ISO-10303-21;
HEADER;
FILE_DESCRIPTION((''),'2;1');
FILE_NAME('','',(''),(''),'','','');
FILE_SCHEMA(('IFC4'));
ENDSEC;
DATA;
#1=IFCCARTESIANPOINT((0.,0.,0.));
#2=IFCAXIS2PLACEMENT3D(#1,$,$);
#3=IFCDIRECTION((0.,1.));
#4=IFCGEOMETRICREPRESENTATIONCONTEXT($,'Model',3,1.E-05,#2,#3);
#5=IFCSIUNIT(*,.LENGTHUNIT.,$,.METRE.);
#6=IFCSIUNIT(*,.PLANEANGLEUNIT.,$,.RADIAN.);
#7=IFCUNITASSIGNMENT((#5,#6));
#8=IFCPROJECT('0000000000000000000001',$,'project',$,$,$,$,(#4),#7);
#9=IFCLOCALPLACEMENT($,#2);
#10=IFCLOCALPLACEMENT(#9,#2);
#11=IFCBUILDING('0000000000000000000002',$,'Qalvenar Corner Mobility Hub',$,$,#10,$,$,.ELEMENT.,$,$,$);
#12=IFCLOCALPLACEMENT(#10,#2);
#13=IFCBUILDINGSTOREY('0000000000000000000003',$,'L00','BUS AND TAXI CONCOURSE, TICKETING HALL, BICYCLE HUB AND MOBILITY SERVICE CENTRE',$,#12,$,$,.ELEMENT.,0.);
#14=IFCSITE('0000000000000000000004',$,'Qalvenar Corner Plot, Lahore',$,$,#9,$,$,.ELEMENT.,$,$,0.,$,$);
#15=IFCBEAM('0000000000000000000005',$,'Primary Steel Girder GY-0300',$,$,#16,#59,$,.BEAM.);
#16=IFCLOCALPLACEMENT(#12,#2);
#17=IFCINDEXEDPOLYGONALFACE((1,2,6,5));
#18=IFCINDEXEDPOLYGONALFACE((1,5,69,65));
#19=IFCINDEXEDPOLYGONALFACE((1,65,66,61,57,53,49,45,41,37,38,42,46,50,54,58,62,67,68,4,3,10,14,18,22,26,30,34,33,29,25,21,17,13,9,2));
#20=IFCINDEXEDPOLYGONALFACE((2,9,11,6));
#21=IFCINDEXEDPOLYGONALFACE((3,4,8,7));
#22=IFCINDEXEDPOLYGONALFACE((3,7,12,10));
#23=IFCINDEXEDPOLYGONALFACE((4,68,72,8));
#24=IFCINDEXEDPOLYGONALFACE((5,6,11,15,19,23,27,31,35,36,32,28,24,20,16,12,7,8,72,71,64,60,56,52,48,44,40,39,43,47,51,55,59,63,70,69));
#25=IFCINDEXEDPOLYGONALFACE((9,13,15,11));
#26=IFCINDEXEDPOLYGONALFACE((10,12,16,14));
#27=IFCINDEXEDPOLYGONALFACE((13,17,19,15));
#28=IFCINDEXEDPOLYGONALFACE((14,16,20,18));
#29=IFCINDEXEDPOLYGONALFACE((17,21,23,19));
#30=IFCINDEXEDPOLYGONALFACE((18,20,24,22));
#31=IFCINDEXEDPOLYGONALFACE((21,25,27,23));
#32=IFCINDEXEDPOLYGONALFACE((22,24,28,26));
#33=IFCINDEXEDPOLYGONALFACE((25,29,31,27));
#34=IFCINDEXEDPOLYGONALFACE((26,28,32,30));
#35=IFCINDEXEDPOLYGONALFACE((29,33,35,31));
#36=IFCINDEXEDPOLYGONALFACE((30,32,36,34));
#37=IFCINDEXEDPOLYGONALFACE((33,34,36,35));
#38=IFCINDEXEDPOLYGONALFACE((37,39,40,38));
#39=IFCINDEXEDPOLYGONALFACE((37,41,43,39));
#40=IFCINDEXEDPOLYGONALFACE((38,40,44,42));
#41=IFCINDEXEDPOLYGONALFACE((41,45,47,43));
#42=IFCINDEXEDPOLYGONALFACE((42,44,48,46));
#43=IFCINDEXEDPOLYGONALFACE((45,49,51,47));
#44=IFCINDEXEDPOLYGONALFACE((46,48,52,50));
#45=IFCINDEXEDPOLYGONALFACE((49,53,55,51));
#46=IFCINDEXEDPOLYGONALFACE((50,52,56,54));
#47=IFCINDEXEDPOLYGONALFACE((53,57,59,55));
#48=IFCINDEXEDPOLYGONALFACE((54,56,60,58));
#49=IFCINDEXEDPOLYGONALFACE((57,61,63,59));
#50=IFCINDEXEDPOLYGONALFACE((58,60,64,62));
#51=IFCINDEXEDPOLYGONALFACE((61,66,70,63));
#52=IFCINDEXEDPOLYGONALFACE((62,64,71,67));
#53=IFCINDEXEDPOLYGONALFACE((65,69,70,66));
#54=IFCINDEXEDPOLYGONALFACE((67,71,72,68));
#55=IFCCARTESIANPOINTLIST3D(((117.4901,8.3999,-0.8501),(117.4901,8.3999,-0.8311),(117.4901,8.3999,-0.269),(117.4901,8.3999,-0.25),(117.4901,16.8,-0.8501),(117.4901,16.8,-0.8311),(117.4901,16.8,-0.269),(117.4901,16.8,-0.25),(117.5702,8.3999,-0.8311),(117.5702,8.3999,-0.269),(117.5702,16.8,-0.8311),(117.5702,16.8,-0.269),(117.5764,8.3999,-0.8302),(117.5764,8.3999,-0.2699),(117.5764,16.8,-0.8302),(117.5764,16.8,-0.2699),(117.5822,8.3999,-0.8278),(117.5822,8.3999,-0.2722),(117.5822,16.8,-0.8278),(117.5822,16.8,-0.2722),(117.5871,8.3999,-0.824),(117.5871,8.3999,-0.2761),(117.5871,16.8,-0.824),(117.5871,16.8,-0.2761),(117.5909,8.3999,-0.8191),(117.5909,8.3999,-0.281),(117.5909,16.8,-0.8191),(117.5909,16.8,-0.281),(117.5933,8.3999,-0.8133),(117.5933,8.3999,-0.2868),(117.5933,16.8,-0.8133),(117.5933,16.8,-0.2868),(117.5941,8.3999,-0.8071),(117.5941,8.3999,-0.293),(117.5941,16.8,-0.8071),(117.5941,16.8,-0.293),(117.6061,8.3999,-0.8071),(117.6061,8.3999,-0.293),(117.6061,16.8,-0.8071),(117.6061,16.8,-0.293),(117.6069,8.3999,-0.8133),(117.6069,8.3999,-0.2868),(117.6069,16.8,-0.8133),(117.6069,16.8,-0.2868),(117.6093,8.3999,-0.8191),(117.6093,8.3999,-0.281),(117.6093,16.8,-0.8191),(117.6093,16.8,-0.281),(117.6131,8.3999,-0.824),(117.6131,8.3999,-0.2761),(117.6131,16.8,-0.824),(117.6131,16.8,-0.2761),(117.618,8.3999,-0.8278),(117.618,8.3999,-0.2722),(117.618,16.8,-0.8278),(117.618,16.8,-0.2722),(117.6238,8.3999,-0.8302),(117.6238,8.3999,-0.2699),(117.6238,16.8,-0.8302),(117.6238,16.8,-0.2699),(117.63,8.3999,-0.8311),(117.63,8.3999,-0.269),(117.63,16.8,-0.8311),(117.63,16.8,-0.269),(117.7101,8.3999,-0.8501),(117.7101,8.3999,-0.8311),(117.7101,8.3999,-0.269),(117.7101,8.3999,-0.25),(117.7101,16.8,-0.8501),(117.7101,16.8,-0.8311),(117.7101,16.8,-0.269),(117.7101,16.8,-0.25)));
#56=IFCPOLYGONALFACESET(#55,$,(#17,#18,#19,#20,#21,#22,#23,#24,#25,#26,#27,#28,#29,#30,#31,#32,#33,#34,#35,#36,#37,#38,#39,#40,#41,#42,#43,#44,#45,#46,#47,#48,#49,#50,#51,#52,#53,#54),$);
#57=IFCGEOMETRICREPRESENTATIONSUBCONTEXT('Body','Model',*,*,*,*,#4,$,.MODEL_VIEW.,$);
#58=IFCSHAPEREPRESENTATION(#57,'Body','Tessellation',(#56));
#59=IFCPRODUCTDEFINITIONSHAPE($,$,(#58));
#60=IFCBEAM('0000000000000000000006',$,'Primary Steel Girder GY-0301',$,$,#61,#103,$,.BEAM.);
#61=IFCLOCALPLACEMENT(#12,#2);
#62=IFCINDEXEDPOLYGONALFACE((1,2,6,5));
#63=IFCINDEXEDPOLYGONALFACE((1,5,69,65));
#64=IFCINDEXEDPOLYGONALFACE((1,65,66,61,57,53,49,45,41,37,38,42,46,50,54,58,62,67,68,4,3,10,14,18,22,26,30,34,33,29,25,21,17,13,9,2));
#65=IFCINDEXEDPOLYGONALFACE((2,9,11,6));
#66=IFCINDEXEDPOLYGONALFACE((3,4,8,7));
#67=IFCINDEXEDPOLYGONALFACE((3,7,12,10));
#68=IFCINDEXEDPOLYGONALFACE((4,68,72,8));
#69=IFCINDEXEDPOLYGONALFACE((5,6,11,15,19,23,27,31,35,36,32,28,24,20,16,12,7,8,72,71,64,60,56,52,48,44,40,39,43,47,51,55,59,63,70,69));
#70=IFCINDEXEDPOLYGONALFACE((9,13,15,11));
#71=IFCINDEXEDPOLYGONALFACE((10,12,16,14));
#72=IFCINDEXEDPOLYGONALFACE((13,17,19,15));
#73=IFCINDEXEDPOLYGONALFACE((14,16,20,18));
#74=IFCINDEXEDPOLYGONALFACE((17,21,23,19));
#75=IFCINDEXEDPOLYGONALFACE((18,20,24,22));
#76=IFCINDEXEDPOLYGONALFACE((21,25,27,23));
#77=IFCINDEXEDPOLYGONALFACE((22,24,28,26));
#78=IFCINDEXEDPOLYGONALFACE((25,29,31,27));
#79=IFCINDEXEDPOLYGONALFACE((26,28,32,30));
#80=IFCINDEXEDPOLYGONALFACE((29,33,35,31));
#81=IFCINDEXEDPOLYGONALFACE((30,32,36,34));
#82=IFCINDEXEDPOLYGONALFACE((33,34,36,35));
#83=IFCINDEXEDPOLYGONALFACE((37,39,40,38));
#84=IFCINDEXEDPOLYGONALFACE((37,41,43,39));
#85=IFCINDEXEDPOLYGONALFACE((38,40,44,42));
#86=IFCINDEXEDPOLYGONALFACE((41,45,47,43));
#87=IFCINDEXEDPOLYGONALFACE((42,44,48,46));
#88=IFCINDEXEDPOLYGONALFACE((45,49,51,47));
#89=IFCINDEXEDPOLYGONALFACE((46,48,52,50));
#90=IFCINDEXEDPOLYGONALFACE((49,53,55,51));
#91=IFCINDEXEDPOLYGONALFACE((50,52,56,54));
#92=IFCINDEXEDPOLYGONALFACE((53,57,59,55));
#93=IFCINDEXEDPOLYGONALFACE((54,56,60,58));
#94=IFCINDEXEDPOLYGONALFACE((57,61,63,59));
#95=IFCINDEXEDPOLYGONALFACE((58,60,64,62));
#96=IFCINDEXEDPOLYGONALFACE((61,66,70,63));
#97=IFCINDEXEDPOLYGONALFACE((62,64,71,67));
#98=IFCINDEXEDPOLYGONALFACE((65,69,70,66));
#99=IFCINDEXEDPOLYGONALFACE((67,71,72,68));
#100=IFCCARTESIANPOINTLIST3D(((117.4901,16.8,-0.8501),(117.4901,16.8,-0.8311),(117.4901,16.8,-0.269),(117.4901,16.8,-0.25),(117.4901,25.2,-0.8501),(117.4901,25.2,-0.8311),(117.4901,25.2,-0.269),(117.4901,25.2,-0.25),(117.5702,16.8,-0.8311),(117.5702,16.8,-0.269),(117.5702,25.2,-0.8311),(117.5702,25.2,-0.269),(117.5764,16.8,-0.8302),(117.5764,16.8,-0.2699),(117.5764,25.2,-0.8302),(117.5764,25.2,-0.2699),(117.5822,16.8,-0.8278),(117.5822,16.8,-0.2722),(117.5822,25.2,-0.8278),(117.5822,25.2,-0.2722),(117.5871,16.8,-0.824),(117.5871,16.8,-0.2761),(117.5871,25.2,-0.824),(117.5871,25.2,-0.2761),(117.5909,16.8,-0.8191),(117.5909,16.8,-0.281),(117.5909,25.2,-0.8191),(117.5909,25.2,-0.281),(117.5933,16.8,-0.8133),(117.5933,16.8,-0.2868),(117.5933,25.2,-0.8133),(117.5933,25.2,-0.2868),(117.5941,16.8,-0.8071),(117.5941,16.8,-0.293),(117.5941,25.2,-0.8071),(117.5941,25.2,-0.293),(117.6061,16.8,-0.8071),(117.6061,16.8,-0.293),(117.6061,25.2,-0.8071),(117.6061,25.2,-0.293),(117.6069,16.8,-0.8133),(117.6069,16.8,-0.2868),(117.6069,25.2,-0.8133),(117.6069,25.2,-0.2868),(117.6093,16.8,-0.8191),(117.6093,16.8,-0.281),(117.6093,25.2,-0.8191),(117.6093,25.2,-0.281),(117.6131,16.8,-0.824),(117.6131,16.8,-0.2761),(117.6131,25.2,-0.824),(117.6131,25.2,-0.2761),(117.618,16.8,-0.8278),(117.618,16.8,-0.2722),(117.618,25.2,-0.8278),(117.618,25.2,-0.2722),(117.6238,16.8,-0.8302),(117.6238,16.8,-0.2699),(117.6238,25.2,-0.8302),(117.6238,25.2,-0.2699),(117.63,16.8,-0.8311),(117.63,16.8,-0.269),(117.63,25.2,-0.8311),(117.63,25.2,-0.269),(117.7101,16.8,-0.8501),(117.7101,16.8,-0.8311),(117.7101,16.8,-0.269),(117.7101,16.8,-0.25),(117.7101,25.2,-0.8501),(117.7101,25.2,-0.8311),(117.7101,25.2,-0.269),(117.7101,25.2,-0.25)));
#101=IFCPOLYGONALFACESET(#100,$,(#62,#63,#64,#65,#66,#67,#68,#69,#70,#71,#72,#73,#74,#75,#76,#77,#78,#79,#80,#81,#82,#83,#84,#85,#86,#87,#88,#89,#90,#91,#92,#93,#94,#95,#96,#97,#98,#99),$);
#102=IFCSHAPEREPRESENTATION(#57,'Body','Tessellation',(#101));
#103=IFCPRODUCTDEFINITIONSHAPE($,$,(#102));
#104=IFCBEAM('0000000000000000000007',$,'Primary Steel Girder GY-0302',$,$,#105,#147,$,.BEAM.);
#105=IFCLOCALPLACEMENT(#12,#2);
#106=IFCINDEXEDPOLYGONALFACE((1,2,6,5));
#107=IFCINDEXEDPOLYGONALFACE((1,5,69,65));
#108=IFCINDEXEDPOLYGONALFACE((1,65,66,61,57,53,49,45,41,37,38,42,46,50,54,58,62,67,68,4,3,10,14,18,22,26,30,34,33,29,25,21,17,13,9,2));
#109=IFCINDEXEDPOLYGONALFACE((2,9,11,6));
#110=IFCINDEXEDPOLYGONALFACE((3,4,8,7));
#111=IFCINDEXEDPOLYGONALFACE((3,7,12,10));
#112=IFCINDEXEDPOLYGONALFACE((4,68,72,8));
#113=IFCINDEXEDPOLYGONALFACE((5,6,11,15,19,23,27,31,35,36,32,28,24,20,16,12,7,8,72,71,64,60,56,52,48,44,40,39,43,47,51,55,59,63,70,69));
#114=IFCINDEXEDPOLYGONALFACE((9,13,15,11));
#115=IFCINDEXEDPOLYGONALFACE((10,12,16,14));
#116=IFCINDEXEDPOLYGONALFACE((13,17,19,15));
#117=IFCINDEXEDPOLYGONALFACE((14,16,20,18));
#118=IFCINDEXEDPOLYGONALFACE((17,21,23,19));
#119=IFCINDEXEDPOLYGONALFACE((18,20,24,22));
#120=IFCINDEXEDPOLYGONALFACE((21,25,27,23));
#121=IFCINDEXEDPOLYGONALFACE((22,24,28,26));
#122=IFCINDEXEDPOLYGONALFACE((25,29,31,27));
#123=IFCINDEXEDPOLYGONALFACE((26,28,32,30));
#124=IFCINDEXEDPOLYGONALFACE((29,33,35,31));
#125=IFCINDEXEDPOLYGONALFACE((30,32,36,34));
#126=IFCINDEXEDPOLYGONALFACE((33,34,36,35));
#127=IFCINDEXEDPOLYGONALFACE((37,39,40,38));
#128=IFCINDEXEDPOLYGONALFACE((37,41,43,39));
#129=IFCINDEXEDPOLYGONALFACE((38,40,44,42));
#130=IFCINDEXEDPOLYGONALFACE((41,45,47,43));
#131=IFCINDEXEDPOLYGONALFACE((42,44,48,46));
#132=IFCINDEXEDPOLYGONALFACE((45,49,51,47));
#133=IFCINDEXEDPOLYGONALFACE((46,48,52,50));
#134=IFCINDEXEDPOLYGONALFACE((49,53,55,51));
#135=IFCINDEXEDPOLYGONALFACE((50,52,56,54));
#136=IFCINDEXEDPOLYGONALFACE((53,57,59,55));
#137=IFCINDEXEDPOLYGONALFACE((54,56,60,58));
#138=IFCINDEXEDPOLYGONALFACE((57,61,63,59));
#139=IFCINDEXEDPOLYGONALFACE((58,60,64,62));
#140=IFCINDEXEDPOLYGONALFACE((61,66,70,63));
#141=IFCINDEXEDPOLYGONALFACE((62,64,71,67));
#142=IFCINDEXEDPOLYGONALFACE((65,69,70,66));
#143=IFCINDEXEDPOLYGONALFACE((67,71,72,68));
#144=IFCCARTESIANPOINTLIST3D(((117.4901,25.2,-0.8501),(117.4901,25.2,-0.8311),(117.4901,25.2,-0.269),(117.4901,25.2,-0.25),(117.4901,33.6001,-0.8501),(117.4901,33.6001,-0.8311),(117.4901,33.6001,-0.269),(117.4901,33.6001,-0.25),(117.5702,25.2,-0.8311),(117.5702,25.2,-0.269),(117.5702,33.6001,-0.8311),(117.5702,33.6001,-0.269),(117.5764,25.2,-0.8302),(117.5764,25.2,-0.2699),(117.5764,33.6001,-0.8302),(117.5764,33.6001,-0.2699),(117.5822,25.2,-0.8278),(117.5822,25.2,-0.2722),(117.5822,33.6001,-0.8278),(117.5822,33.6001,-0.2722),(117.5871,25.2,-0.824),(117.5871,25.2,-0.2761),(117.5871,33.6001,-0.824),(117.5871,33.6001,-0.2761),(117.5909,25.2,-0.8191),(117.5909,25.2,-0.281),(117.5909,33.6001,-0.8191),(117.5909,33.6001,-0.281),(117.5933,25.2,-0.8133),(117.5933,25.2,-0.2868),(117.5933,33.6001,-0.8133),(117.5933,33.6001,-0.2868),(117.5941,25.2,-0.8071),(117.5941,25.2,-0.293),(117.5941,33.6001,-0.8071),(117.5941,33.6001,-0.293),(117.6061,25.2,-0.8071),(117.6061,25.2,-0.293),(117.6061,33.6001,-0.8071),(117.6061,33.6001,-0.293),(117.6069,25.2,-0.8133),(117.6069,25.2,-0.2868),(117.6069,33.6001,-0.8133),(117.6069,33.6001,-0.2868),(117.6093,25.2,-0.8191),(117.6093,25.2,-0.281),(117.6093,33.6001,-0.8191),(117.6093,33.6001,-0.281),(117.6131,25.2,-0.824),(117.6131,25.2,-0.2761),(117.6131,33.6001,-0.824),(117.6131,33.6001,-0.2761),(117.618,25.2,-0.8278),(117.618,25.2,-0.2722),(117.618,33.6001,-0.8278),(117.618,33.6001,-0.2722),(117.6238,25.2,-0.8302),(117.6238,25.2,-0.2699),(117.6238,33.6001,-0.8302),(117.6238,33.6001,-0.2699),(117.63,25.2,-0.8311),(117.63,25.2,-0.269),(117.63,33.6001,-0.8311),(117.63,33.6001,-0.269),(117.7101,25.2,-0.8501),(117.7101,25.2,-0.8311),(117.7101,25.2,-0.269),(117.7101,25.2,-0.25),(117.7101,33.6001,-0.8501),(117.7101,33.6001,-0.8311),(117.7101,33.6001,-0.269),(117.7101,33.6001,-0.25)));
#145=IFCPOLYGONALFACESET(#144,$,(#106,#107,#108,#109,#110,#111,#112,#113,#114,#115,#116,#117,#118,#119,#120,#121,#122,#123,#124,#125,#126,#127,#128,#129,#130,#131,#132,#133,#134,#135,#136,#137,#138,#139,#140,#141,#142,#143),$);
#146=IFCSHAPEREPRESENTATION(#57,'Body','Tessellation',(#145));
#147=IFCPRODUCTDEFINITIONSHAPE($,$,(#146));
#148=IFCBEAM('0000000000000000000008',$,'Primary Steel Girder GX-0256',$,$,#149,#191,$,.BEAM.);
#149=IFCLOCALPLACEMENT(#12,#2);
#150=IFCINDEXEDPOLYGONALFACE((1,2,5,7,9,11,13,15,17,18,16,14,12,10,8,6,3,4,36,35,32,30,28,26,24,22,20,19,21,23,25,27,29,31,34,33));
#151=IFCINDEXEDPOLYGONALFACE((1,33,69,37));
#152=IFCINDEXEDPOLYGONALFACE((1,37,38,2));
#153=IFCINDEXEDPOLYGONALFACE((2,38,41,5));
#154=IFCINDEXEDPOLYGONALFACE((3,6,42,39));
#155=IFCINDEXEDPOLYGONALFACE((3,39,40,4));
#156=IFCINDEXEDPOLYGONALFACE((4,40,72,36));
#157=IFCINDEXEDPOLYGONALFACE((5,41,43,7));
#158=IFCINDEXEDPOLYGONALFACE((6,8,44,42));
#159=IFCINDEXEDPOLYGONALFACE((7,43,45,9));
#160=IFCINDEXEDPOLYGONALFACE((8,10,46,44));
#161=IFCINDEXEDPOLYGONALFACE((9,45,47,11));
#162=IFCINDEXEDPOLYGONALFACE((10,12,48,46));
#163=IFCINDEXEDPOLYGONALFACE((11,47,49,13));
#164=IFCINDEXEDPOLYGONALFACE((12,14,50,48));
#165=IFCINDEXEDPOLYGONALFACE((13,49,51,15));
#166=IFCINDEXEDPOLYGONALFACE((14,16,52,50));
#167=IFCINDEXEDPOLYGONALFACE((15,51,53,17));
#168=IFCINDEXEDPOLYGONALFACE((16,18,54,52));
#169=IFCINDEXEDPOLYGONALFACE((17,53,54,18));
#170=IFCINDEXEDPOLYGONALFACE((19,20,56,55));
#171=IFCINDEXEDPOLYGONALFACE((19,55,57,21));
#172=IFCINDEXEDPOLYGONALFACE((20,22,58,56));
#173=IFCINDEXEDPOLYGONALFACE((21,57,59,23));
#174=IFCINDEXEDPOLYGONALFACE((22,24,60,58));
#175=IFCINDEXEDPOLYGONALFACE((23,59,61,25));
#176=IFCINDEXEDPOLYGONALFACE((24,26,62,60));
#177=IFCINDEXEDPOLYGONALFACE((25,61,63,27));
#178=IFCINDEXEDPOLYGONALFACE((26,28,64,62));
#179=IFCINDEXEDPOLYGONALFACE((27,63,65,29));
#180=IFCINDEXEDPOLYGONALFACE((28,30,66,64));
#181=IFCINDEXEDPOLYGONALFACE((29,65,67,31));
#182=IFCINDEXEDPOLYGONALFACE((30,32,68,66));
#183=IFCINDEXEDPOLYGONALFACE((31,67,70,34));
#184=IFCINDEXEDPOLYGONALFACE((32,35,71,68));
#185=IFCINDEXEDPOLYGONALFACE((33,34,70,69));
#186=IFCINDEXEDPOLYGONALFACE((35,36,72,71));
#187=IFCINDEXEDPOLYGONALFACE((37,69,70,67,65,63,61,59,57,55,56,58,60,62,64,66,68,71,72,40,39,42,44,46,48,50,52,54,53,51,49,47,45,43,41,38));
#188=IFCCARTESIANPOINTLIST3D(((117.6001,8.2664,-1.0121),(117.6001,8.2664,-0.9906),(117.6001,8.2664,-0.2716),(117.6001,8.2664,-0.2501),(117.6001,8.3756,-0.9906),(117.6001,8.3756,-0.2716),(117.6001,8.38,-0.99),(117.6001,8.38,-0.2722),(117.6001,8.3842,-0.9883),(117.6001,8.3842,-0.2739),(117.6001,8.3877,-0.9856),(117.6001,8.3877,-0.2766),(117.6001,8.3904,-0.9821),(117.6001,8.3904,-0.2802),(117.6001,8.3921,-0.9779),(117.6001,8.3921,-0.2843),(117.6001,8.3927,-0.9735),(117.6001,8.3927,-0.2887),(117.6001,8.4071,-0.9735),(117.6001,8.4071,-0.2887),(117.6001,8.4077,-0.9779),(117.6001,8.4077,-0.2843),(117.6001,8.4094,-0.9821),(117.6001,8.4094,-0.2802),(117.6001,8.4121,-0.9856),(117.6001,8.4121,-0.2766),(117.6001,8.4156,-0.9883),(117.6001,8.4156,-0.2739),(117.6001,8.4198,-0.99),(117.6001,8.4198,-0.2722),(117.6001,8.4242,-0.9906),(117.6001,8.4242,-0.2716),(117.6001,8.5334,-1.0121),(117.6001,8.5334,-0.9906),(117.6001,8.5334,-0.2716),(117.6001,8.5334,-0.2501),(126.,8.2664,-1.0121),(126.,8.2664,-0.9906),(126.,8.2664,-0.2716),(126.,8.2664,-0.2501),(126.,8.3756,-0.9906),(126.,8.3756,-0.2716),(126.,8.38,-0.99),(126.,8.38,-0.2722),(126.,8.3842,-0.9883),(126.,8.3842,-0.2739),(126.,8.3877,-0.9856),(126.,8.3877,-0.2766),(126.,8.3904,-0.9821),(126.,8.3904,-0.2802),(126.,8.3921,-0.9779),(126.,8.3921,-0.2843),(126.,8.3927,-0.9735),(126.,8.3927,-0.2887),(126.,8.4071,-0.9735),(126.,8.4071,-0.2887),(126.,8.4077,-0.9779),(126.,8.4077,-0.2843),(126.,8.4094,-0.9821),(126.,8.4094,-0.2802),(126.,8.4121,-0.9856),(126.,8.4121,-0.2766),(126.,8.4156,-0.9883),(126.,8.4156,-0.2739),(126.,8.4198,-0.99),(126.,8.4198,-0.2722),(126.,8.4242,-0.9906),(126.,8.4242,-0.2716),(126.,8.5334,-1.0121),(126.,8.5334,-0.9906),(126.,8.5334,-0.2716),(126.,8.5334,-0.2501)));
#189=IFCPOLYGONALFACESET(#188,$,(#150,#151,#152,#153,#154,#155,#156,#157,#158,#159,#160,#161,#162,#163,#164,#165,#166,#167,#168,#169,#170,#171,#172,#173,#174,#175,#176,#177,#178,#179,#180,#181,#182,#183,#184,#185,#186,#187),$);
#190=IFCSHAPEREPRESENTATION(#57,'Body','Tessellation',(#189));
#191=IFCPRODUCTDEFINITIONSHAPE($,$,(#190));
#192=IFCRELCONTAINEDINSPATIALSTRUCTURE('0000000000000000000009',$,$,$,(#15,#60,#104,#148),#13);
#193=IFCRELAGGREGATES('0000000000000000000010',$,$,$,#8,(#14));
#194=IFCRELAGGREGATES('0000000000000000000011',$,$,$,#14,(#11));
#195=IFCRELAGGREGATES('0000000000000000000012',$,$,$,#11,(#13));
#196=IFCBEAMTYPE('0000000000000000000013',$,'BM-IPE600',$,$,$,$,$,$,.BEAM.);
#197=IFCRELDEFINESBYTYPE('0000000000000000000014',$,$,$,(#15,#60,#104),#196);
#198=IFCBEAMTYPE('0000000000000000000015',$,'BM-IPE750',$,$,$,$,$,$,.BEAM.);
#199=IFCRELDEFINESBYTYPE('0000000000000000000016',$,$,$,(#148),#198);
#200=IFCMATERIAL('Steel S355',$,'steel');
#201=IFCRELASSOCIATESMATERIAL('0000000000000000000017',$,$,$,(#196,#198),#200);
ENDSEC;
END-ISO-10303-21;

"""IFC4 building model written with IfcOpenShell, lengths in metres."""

from ifc_helpers import new_model, si_unit, direction, frame, origin, origin_2d, place, context, subcontext, project, spatial, i_section, extrude, material, material_profile, profile_set, type_object, element, save


model = new_model("IFC4")

# Units and contexts
model_context = context("Model", 3, precision=1e-05, world=origin(), true_north=direction((0.0, 1.0)))
body_context = subcontext(model_context, "Body", "Model", "MODEL_VIEW")
ifc_project = project(units=[si_unit("LENGTHUNIT", "METRE"), si_unit("PLANEANGLEUNIT", "RADIAN")], contexts=[model_context])

# Site, building, storey
site_placement = place(None, origin())
site = spatial("IfcSite", under=ifc_project, at=site_placement, Name="Qalvenar Corner Plot, Lahore", CompositionType="ELEMENT", RefElevation=0.0)
building_placement = place(site_placement, origin())
building = spatial("IfcBuilding", under=site, at=building_placement, Name="Qalvenar Corner Mobility Hub", CompositionType="ELEMENT")
storey_placement = place(building_placement, origin())
storey = spatial("IfcBuildingStorey", under=building, at=storey_placement, Name="L00", Description="BUS AND TAXI CONCOURSE, TICKETING HALL, BICYCLE HUB AND MOBILITY SERVICE CENTRE", CompositionType="ELEMENT", Elevation=0.0)

# Shared definitions
ifc_material_1 = material(Name="Steel S355", Category="steel")

# Beams
ifc_material_profile_1 = material_profile(ifc_material_1, i_section(OverallWidth=0.22, OverallDepth=0.6001, WebThickness=0.012, FlangeThickness=0.019, FilletRadius=0.0239, at=origin_2d()), Name="IPE600")
ifc_profile_set_1 = profile_set([ifc_material_profile_1], Name="Steel S355")
beam_type_1 = type_object("IfcBeamType", Name="BM-IPE600", PredefinedType="BEAM", material=ifc_profile_set_1)
beam_1_placement = place(storey_placement, frame((117.6001, 8.3999, -0.55), z_axis=(0.0, 1.0, 0.0), x_axis=(-1.0, 0.0, 0.0)))
element("IfcBeam", 1, at=beam_1_placement, inside=storey, type_object=beam_type_1, Name="Primary Steel Girder GY-0300", PredefinedType="BEAM", context=body_context, shape_type="SweptSolid", body=[
    extrude(i_section(OverallWidth=0.22, OverallDepth=0.6001, WebThickness=0.012, FlangeThickness=0.019, FilletRadius=0.0239, at=origin_2d()), origin(), (0.0, 0.0, 1.0), 8.4001),
])
beam_2_placement = place(storey_placement, frame((117.6001, 16.8, -0.55), z_axis=(0.0, 1.0, 0.0), x_axis=(-1.0, 0.0, 0.0)))
element("IfcBeam", 2, at=beam_2_placement, inside=storey, type_object=beam_type_1, Name="Primary Steel Girder GY-0301", PredefinedType="BEAM", context=body_context, shape_type="SweptSolid", body=[
    extrude(i_section(OverallWidth=0.22, OverallDepth=0.6001, WebThickness=0.012, FlangeThickness=0.019, FilletRadius=0.0239, at=origin_2d()), origin(), (0.0, 0.0, 1.0), 8.3999),
])
beam_3_placement = place(storey_placement, frame((117.6001, 25.2, -0.55), z_axis=(0.0, 1.0, 0.0), x_axis=(-1.0, 0.0, 0.0)))
element("IfcBeam", 3, at=beam_3_placement, inside=storey, type_object=beam_type_1, Name="Primary Steel Girder GY-0302", PredefinedType="BEAM", context=body_context, shape_type="SweptSolid", body=[
    extrude(i_section(OverallWidth=0.22, OverallDepth=0.6001, WebThickness=0.012, FlangeThickness=0.019, FilletRadius=0.0239, at=origin_2d()), origin(), (0.0, 0.0, 1.0), 8.4001),
])
ifc_material_profile_2 = material_profile(ifc_material_1, i_section(OverallWidth=0.2671, OverallDepth=0.762, WebThickness=0.0144, FlangeThickness=0.0215, FilletRadius=0.0171, at=origin_2d()), Name="IPE750x173")
ifc_profile_set_2 = profile_set([ifc_material_profile_2], Name="Steel S355")
beam_type_2 = type_object("IfcBeamType", Name="BM-IPE750", PredefinedType="BEAM", material=ifc_profile_set_2)
for number, where, z_axis, x_axis, name in (
    (4, (117.6001, 8.3999, -0.6311), (1.0, 0.0, 0.0), (0.0, 1.0, 0.0), "Primary Steel Girder GX-0256"),
):
    element("IfcBeam", number, at=place(storey_placement, frame(where, z_axis=z_axis, x_axis=x_axis)), inside=storey, type_object=beam_type_2, Name=name, PredefinedType="BEAM", context=body_context, shape_type="SweptSolid", body=[
        extrude(i_section(OverallWidth=0.2671, OverallDepth=0.762, WebThickness=0.0144, FlangeThickness=0.0215, FilletRadius=0.0171, at=origin_2d()), origin(), (0.0, 0.0, 1.0), 8.3999),
    ])

save(model, "model.ifc")
